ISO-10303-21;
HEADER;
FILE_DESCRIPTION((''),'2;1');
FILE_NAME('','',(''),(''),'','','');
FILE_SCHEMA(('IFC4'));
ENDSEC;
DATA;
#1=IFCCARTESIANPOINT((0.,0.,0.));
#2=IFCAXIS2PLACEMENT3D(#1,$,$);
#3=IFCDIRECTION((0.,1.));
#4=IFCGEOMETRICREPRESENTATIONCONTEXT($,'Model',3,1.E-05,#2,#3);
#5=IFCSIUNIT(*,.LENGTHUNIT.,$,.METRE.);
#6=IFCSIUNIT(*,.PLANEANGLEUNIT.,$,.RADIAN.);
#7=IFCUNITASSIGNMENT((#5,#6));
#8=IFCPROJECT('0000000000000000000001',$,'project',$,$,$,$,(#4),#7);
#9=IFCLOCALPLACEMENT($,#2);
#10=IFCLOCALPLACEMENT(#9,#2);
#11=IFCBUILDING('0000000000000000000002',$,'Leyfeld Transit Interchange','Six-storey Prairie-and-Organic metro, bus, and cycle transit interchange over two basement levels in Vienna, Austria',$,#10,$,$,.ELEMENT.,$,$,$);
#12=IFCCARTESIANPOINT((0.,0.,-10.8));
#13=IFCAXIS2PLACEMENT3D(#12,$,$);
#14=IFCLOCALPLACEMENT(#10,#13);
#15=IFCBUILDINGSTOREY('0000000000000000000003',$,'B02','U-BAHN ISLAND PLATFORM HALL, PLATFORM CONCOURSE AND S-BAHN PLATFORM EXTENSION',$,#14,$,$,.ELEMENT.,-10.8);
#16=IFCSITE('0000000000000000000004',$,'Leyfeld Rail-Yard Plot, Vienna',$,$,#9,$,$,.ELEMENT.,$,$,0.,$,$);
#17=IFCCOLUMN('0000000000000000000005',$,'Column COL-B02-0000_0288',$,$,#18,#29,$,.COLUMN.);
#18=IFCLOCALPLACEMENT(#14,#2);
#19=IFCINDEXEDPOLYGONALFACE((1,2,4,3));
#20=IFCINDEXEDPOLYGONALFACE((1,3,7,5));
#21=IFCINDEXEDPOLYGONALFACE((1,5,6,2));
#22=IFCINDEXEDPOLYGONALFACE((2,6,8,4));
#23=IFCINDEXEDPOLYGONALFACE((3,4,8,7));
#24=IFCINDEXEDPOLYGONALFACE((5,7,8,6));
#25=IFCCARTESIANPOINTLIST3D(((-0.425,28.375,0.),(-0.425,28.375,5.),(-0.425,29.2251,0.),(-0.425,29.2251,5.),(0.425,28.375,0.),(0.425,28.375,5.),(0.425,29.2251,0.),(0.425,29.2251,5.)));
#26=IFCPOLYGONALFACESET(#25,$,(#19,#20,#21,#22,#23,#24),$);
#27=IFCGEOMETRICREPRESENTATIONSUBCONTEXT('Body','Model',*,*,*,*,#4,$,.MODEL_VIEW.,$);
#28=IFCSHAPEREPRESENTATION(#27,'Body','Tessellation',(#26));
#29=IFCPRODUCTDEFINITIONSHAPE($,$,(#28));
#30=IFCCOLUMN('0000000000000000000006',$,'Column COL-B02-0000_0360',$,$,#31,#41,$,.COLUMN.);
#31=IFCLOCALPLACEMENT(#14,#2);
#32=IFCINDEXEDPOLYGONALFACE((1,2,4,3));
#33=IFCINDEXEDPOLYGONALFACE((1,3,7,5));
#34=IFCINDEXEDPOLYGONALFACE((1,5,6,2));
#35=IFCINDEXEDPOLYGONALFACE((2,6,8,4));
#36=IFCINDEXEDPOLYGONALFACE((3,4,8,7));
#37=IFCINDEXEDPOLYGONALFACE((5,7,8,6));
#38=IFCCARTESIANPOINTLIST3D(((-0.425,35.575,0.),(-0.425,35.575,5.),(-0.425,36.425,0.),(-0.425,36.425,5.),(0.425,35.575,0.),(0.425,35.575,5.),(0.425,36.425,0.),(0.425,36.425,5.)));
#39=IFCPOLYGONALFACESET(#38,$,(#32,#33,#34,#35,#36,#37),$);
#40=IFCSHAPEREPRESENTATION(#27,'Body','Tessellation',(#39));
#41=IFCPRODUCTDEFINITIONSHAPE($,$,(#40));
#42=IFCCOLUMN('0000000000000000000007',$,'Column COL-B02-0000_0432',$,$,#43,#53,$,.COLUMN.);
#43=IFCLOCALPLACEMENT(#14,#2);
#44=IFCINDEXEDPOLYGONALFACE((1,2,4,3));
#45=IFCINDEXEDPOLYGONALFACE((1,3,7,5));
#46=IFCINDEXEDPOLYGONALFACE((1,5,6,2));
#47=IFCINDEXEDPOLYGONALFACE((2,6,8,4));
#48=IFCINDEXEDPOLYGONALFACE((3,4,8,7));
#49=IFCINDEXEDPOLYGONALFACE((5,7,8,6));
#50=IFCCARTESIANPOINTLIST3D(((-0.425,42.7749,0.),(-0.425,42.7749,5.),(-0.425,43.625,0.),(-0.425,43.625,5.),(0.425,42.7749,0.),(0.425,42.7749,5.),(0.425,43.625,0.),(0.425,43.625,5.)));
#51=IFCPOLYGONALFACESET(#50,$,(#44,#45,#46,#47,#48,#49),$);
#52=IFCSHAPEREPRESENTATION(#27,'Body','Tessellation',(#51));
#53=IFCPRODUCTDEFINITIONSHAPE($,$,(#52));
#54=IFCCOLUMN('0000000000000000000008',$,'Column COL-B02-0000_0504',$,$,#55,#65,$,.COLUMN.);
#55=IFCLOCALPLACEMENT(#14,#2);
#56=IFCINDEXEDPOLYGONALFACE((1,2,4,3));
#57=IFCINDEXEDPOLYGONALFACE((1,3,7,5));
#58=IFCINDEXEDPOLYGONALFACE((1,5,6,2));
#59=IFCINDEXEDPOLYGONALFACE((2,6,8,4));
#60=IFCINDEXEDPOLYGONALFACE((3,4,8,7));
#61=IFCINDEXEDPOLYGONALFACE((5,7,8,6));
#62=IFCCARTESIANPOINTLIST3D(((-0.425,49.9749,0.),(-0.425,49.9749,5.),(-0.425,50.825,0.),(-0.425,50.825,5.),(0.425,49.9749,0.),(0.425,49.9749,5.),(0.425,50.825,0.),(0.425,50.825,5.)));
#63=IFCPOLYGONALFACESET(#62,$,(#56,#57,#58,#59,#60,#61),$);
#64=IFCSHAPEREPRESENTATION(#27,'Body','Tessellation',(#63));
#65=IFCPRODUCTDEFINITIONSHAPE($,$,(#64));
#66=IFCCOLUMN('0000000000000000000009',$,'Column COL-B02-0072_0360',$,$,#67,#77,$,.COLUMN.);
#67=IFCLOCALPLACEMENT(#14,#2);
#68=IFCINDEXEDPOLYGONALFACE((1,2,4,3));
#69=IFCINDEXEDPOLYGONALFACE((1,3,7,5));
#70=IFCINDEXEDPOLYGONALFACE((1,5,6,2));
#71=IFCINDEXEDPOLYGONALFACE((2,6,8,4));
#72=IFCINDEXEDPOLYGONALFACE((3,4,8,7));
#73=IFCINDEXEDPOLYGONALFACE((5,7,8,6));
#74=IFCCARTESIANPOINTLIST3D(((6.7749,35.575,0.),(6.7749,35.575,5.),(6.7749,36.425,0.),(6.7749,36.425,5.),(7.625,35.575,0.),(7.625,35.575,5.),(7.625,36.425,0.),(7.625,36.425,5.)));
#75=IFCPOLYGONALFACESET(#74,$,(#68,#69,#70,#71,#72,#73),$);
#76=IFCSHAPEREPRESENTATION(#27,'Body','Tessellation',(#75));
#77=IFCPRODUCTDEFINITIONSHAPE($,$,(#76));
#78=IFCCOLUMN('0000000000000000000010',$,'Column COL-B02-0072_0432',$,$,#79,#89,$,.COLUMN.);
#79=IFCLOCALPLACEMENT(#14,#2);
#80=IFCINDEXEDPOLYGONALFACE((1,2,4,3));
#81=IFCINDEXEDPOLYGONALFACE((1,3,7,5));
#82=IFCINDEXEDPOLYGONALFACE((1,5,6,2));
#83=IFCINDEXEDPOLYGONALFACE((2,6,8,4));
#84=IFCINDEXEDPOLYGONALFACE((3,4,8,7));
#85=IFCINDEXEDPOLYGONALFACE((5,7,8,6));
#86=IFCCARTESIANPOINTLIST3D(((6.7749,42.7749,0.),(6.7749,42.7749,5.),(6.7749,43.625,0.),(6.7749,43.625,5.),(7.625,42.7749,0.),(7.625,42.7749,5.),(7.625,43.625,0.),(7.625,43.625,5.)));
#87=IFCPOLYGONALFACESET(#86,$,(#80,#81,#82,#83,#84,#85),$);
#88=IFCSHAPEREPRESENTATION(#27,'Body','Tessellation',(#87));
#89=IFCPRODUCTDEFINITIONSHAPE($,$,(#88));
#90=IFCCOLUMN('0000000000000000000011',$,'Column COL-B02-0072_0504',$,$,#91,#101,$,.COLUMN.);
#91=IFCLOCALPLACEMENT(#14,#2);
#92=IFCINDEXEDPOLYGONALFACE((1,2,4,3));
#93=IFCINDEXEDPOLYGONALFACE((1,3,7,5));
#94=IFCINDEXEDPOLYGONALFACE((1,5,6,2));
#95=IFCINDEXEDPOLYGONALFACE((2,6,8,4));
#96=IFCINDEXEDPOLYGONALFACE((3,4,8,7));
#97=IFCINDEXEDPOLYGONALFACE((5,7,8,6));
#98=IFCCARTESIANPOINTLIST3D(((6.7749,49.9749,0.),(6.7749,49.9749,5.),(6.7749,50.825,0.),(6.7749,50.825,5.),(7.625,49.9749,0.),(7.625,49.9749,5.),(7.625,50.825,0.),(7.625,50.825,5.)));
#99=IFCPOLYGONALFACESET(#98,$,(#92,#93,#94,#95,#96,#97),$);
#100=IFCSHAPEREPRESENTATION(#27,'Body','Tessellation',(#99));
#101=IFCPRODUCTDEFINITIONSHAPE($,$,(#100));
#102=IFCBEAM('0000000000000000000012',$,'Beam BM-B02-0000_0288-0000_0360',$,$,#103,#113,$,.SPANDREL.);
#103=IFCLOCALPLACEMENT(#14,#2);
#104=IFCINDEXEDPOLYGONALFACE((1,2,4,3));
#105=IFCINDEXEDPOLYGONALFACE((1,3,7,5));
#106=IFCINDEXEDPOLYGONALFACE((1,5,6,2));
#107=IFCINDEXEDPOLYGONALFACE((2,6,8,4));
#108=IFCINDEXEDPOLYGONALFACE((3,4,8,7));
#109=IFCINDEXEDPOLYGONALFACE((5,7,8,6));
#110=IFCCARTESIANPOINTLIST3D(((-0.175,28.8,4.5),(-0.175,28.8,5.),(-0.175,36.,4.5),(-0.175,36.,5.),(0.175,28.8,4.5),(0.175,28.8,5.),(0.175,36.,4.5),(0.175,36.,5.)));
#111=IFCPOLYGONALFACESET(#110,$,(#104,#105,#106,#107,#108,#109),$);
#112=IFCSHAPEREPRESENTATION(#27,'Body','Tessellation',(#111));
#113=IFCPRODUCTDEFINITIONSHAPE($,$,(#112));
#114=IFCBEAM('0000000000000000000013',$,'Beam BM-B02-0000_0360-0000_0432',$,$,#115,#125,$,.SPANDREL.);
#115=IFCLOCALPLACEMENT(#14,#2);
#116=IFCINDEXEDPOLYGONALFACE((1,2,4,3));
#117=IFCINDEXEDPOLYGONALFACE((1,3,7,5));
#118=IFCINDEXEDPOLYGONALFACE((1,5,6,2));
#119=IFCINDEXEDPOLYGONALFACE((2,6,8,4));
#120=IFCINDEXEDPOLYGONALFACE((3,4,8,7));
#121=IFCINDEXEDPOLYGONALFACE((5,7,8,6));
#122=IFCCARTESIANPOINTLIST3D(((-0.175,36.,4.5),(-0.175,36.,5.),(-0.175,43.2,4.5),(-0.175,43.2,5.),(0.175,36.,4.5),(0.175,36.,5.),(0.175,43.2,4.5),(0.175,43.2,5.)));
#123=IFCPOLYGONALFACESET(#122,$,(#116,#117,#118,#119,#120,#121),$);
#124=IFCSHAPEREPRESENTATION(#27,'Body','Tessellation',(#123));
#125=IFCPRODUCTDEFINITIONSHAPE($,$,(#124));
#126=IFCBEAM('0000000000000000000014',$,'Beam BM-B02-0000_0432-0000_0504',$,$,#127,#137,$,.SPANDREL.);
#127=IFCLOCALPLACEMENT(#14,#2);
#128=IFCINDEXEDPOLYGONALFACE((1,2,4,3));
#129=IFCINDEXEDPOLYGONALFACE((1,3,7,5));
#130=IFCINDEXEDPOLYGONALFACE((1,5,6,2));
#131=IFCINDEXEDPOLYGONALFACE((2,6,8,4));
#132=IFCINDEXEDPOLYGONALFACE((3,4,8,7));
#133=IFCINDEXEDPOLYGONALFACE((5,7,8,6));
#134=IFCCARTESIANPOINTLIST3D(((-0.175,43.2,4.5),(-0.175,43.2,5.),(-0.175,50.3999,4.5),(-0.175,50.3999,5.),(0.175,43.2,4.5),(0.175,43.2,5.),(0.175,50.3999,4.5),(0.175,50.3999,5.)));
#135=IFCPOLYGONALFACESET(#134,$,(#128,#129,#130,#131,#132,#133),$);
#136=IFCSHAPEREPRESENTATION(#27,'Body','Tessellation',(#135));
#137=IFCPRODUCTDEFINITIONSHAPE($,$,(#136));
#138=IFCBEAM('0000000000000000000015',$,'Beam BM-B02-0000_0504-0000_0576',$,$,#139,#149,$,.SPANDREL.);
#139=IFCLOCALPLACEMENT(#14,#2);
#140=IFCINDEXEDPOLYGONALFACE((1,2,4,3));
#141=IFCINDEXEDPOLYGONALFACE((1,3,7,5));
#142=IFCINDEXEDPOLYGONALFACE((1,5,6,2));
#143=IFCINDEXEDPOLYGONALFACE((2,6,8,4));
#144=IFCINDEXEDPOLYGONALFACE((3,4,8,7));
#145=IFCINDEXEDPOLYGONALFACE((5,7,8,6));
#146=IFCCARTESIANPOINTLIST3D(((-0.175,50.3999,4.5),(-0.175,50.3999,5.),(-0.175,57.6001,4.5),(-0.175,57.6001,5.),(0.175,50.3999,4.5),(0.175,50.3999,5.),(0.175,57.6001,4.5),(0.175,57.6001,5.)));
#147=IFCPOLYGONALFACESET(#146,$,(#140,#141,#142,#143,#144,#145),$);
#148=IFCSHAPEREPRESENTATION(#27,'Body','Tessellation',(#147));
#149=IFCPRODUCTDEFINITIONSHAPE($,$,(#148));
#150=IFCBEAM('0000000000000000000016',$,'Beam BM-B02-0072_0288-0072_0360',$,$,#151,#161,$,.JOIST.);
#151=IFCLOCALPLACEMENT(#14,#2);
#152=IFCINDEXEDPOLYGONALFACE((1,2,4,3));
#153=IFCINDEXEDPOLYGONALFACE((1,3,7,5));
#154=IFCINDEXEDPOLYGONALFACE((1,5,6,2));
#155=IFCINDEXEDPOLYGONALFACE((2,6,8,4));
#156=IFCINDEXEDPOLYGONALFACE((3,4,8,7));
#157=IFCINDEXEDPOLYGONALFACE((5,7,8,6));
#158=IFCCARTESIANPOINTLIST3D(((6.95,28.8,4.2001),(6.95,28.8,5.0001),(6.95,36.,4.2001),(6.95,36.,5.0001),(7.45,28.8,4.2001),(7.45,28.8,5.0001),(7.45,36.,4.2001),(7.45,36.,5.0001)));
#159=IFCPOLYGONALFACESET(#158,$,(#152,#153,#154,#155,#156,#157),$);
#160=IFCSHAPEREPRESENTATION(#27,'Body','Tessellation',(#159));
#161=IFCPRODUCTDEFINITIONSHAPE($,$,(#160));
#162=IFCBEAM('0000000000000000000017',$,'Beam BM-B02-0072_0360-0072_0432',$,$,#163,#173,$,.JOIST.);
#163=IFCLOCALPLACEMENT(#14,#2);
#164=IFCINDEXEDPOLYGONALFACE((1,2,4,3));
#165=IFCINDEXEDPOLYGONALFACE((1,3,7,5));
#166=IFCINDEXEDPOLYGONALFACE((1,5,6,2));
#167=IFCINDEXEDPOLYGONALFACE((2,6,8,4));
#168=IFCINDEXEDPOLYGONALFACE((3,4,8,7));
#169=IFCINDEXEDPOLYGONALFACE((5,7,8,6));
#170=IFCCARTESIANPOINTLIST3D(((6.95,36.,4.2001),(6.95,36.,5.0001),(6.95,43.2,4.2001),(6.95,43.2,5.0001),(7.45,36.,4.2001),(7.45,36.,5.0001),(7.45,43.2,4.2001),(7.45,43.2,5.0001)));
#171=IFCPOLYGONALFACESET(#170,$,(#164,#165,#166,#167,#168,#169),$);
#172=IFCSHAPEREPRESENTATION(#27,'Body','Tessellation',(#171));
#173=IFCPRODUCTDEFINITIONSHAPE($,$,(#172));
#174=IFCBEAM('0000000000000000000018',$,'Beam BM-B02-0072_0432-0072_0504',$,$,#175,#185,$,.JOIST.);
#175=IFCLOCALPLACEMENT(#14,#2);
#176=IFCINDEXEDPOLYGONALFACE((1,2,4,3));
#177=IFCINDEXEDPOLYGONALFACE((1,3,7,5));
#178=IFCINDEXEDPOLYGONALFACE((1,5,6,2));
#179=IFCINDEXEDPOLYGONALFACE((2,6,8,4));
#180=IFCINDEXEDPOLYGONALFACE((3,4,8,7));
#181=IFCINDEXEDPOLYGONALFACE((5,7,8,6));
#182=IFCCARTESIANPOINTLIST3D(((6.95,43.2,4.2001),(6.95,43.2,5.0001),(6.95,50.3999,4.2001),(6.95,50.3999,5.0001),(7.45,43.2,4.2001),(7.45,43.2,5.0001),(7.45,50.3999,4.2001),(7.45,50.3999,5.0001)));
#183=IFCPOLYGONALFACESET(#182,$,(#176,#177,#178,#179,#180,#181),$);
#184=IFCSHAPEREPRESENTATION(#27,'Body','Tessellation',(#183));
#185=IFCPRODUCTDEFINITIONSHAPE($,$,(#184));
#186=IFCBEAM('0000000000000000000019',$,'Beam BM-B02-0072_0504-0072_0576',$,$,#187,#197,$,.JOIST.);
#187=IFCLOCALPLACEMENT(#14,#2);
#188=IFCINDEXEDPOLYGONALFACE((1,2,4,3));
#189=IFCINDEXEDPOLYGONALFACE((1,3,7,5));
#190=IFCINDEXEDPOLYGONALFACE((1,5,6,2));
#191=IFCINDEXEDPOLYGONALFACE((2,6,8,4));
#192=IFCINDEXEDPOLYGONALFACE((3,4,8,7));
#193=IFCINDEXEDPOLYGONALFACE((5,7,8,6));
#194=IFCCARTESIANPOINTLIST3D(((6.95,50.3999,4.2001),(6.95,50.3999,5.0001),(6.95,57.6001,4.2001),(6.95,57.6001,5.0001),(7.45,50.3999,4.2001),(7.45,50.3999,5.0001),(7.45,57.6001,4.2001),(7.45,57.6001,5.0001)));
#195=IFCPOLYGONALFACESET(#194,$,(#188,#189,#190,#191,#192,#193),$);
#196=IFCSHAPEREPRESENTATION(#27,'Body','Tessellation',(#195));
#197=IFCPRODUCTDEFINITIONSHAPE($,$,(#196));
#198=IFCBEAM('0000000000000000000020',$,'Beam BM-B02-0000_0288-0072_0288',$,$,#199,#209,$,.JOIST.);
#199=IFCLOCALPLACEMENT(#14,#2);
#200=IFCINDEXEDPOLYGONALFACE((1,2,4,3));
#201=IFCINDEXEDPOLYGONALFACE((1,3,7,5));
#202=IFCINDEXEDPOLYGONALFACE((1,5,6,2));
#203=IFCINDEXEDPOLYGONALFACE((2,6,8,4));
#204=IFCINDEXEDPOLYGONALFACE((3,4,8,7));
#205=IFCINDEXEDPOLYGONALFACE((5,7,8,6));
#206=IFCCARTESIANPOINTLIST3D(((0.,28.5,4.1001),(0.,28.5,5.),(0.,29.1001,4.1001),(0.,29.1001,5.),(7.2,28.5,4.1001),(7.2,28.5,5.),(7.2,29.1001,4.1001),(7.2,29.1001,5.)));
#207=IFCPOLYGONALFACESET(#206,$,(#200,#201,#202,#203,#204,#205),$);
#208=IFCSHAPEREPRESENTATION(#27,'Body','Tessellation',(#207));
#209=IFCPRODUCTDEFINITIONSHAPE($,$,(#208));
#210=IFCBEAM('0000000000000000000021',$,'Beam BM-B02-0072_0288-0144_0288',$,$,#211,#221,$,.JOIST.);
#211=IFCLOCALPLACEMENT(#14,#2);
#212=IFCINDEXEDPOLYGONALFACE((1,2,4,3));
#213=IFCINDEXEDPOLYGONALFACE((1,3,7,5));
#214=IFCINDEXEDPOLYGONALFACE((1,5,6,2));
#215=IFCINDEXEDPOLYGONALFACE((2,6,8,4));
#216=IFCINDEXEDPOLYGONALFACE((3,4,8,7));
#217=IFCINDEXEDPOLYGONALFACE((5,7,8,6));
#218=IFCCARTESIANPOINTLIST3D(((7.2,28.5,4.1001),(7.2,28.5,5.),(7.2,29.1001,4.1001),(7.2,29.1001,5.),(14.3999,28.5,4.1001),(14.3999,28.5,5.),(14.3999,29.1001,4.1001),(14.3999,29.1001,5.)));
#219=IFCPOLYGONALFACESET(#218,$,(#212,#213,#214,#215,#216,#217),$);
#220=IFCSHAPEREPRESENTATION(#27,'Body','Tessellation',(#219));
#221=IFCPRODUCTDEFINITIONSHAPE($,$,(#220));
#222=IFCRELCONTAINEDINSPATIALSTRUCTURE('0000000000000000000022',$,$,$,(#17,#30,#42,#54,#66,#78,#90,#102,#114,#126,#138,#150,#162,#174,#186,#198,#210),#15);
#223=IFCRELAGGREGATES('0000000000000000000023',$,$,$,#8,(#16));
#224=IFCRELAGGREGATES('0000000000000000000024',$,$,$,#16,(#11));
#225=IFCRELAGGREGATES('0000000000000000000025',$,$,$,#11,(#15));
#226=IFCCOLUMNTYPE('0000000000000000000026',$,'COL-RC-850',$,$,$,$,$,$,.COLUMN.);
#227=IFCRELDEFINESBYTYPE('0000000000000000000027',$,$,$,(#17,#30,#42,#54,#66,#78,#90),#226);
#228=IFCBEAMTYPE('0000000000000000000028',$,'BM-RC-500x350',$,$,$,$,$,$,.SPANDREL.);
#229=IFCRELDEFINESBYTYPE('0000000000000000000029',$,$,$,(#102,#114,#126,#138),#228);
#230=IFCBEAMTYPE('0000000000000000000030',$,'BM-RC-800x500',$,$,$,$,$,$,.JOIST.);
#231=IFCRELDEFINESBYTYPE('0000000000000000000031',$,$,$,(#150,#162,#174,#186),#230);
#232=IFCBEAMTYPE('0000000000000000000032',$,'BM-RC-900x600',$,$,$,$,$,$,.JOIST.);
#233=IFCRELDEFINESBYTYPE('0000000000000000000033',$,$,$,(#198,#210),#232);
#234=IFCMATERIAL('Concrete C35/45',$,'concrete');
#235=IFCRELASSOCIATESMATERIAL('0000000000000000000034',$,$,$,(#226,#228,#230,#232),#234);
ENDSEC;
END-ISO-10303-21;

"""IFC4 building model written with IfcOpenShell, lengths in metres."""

from ifc_helpers import new_model, si_unit, direction, frame, origin, origin_2d, place, context, subcontext, project, spatial, rectangle, extrude, material, material_profile, profile_set, type_object, element, save


model = new_model("IFC4")

# Units and contexts
model_context = context("Model", 3, precision=1e-05, world=origin(), true_north=direction((0.0, 1.0)))
body_context = subcontext(model_context, "Body", "Model", "MODEL_VIEW")
ifc_project = project(units=[si_unit("LENGTHUNIT", "METRE"), si_unit("PLANEANGLEUNIT", "RADIAN")], contexts=[model_context])

# Site, building, storey
site_placement = place(None, origin())
site = spatial("IfcSite", under=ifc_project, at=site_placement, Name="Leyfeld Rail-Yard Plot, Vienna", CompositionType="ELEMENT", RefElevation=0.0)
building_placement = place(site_placement, origin())
building = spatial("IfcBuilding", under=site, at=building_placement, Name="Leyfeld Transit Interchange", Description="Six-storey Prairie-and-Organic metro, bus, and cycle transit interchange over two basement levels in Vienna, Austria", CompositionType="ELEMENT")
storey_placement = place(building_placement, frame((0.0, 0.0, -10.8)))
storey = spatial("IfcBuildingStorey", under=building, at=storey_placement, Name="B02", Description="U-BAHN ISLAND PLATFORM HALL, PLATFORM CONCOURSE AND S-BAHN PLATFORM EXTENSION", CompositionType="ELEMENT", Elevation=-10.8)

# Shared definitions
ifc_material_1 = material(Name="Concrete C35/45", Category="concrete")

# Columns
ifc_material_profile_1 = material_profile(ifc_material_1, rectangle(XDim=0.8501, YDim=0.8501, at=origin_2d()), Name="RC 850x850")
ifc_profile_set_1 = profile_set([ifc_material_profile_1], Name="Concrete C35/45")
column_type = type_object("IfcColumnType", Name="COL-RC-850", PredefinedType="COLUMN", material=ifc_profile_set_1)
for number, where, z_axis, x_axis, name in (
    (1, (0.0, 28.8, 0.0), (0.0, 0.0, 1.0), (1.0, 0.0, 0.0), "Column COL-B02-0000_0288"),
    (2, (0.0, 36.0, 0.0), (0.0, 0.0, 1.0), (1.0, 0.0, 0.0), "Column COL-B02-0000_0360"),
    (3, (0.0, 43.2, 0.0), (0.0, 0.0, 1.0), (1.0, 0.0, 0.0), "Column COL-B02-0000_0432"),
    (4, (0.0, 50.3999, 0.0), (0.0, 0.0, 1.0), (1.0, 0.0, 0.0), "Column COL-B02-0000_0504"),
    (5, (7.2, 36.0, 0.0), (0.0, 0.0, 1.0), (1.0, 0.0, 0.0), "Column COL-B02-0072_0360"),
    (6, (7.2, 43.2, 0.0), (0.0, 0.0, 1.0), (1.0, 0.0, 0.0), "Column COL-B02-0072_0432"),
    (7, (7.2, 50.3999, 0.0), (0.0, 0.0, 1.0), (1.0, 0.0, 0.0), "Column COL-B02-0072_0504"),
):
    element("IfcColumn", number, at=place(storey_placement, frame(where, z_axis=z_axis, x_axis=x_axis)), inside=storey, type_object=column_type, Name=name, PredefinedType="COLUMN", context=body_context, shape_type="SweptSolid", body=[
        extrude(rectangle(XDim=0.8501, YDim=0.8501, at=origin_2d()), origin(), (0.0, 0.0, 1.0), 5.0),
    ])

# Beams
ifc_material_profile_2 = material_profile(ifc_material_1, rectangle(XDim=0.3501, YDim=0.5, at=origin_2d()), Name="RC 500x350")
ifc_profile_set_2 = profile_set([ifc_material_profile_2], Name="Concrete C35/45")
beam_type_1 = type_object("IfcBeamType", Name="BM-RC-500x350", PredefinedType="SPANDREL", material=ifc_profile_set_2)
for number, where, z_axis, x_axis, name in (
    (8, (0.0, 28.8, 4.75), (0.0, 1.0, 0.0), (-1.0, 0.0, 0.0), "Beam BM-B02-0000_0288-0000_0360"),
    (9, (0.0, 36.0, 4.75), (0.0, 1.0, 0.0), (-1.0, 0.0, 0.0), "Beam BM-B02-0000_0360-0000_0432"),
    (10, (0.0, 43.2, 4.75), (0.0, 1.0, 0.0), (-1.0, 0.0, 0.0), "Beam BM-B02-0000_0432-0000_0504"),
):
    element("IfcBeam", number, at=place(storey_placement, frame(where, z_axis=z_axis, x_axis=x_axis)), inside=storey, type_object=beam_type_1, Name=name, PredefinedType="SPANDREL", context=body_context, shape_type="SweptSolid", body=[
        extrude(rectangle(XDim=0.3501, YDim=0.5, at=origin_2d()), origin(), (0.0, 0.0, 1.0), 7.2),
    ])
beam_1_placement = place(storey_placement, frame((0.0, 50.3999, 4.75), z_axis=(0.0, 1.0, 0.0), x_axis=(-1.0, 0.0, 0.0)))
element("IfcBeam", 11, at=beam_1_placement, inside=storey, type_object=beam_type_1, Name="Beam BM-B02-0000_0504-0000_0576", PredefinedType="SPANDREL", context=body_context, shape_type="SweptSolid", body=[
    extrude(rectangle(XDim=0.3501, YDim=0.5, at=origin_2d()), origin(), (0.0, 0.0, 1.0), 7.2002),
])
ifc_material_profile_3 = material_profile(ifc_material_1, rectangle(XDim=0.5, YDim=0.8, at=origin_2d()), Name="RC 800x500")
ifc_profile_set_3 = profile_set([ifc_material_profile_3], Name="Concrete C35/45")
beam_type_2 = type_object("IfcBeamType", Name="BM-RC-800x500", PredefinedType="JOIST", material=ifc_profile_set_3)
for number, where, z_axis, x_axis, name in (
    (12, (7.2, 28.8, 4.6001), (0.0, 1.0, 0.0), (-1.0, 0.0, 0.0), "Beam BM-B02-0072_0288-0072_0360"),
    (13, (7.2, 36.0, 4.6001), (0.0, 1.0, 0.0), (-1.0, 0.0, 0.0), "Beam BM-B02-0072_0360-0072_0432"),
    (14, (7.2, 43.2, 4.6001), (0.0, 1.0, 0.0), (-1.0, 0.0, 0.0), "Beam BM-B02-0072_0432-0072_0504"),
):
    element("IfcBeam", number, at=place(storey_placement, frame(where, z_axis=z_axis, x_axis=x_axis)), inside=storey, type_object=beam_type_2, Name=name, PredefinedType="JOIST", context=body_context, shape_type="SweptSolid", body=[
        extrude(rectangle(XDim=0.5, YDim=0.8, at=origin_2d()), origin(), (0.0, 0.0, 1.0), 7.2),
    ])
beam_2_placement = place(storey_placement, frame((7.2, 50.3999, 4.6001), z_axis=(0.0, 1.0, 0.0), x_axis=(-1.0, 0.0, 0.0)))
element("IfcBeam", 15, at=beam_2_placement, inside=storey, type_object=beam_type_2, Name="Beam BM-B02-0072_0504-0072_0576", PredefinedType="JOIST", context=body_context, shape_type="SweptSolid", body=[
    extrude(rectangle(XDim=0.5, YDim=0.8, at=origin_2d()), origin(), (0.0, 0.0, 1.0), 7.2002),
])
ifc_material_profile_4 = material_profile(ifc_material_1, rectangle(XDim=0.6001, YDim=0.8999, at=origin_2d()), Name="RC 900x600")
ifc_profile_set_4 = profile_set([ifc_material_profile_4], Name="Concrete C35/45")
beam_type_3 = type_object("IfcBeamType", Name="BM-RC-900x600", PredefinedType="JOIST", material=ifc_profile_set_4)
for number, where, z_axis, x_axis, name in (
    (16, (0.0, 28.8, 4.55), (1.0, 0.0, 0.0), (0.0, 1.0, 0.0), "Beam BM-B02-0000_0288-0072_0288"),
    (17, (7.2, 28.8, 4.55), (1.0, 0.0, 0.0), (0.0, 1.0, 0.0), "Beam BM-B02-0072_0288-0144_0288"),
):
    element("IfcBeam", number, at=place(storey_placement, frame(where, z_axis=z_axis, x_axis=x_axis)), inside=storey, type_object=beam_type_3, Name=name, PredefinedType="JOIST", context=body_context, shape_type="SweptSolid", body=[
        extrude(rectangle(XDim=0.6001, YDim=0.8999, at=origin_2d()), origin(), (0.0, 0.0, 1.0), 7.2),
    ])

save(model, "model.ifc")
